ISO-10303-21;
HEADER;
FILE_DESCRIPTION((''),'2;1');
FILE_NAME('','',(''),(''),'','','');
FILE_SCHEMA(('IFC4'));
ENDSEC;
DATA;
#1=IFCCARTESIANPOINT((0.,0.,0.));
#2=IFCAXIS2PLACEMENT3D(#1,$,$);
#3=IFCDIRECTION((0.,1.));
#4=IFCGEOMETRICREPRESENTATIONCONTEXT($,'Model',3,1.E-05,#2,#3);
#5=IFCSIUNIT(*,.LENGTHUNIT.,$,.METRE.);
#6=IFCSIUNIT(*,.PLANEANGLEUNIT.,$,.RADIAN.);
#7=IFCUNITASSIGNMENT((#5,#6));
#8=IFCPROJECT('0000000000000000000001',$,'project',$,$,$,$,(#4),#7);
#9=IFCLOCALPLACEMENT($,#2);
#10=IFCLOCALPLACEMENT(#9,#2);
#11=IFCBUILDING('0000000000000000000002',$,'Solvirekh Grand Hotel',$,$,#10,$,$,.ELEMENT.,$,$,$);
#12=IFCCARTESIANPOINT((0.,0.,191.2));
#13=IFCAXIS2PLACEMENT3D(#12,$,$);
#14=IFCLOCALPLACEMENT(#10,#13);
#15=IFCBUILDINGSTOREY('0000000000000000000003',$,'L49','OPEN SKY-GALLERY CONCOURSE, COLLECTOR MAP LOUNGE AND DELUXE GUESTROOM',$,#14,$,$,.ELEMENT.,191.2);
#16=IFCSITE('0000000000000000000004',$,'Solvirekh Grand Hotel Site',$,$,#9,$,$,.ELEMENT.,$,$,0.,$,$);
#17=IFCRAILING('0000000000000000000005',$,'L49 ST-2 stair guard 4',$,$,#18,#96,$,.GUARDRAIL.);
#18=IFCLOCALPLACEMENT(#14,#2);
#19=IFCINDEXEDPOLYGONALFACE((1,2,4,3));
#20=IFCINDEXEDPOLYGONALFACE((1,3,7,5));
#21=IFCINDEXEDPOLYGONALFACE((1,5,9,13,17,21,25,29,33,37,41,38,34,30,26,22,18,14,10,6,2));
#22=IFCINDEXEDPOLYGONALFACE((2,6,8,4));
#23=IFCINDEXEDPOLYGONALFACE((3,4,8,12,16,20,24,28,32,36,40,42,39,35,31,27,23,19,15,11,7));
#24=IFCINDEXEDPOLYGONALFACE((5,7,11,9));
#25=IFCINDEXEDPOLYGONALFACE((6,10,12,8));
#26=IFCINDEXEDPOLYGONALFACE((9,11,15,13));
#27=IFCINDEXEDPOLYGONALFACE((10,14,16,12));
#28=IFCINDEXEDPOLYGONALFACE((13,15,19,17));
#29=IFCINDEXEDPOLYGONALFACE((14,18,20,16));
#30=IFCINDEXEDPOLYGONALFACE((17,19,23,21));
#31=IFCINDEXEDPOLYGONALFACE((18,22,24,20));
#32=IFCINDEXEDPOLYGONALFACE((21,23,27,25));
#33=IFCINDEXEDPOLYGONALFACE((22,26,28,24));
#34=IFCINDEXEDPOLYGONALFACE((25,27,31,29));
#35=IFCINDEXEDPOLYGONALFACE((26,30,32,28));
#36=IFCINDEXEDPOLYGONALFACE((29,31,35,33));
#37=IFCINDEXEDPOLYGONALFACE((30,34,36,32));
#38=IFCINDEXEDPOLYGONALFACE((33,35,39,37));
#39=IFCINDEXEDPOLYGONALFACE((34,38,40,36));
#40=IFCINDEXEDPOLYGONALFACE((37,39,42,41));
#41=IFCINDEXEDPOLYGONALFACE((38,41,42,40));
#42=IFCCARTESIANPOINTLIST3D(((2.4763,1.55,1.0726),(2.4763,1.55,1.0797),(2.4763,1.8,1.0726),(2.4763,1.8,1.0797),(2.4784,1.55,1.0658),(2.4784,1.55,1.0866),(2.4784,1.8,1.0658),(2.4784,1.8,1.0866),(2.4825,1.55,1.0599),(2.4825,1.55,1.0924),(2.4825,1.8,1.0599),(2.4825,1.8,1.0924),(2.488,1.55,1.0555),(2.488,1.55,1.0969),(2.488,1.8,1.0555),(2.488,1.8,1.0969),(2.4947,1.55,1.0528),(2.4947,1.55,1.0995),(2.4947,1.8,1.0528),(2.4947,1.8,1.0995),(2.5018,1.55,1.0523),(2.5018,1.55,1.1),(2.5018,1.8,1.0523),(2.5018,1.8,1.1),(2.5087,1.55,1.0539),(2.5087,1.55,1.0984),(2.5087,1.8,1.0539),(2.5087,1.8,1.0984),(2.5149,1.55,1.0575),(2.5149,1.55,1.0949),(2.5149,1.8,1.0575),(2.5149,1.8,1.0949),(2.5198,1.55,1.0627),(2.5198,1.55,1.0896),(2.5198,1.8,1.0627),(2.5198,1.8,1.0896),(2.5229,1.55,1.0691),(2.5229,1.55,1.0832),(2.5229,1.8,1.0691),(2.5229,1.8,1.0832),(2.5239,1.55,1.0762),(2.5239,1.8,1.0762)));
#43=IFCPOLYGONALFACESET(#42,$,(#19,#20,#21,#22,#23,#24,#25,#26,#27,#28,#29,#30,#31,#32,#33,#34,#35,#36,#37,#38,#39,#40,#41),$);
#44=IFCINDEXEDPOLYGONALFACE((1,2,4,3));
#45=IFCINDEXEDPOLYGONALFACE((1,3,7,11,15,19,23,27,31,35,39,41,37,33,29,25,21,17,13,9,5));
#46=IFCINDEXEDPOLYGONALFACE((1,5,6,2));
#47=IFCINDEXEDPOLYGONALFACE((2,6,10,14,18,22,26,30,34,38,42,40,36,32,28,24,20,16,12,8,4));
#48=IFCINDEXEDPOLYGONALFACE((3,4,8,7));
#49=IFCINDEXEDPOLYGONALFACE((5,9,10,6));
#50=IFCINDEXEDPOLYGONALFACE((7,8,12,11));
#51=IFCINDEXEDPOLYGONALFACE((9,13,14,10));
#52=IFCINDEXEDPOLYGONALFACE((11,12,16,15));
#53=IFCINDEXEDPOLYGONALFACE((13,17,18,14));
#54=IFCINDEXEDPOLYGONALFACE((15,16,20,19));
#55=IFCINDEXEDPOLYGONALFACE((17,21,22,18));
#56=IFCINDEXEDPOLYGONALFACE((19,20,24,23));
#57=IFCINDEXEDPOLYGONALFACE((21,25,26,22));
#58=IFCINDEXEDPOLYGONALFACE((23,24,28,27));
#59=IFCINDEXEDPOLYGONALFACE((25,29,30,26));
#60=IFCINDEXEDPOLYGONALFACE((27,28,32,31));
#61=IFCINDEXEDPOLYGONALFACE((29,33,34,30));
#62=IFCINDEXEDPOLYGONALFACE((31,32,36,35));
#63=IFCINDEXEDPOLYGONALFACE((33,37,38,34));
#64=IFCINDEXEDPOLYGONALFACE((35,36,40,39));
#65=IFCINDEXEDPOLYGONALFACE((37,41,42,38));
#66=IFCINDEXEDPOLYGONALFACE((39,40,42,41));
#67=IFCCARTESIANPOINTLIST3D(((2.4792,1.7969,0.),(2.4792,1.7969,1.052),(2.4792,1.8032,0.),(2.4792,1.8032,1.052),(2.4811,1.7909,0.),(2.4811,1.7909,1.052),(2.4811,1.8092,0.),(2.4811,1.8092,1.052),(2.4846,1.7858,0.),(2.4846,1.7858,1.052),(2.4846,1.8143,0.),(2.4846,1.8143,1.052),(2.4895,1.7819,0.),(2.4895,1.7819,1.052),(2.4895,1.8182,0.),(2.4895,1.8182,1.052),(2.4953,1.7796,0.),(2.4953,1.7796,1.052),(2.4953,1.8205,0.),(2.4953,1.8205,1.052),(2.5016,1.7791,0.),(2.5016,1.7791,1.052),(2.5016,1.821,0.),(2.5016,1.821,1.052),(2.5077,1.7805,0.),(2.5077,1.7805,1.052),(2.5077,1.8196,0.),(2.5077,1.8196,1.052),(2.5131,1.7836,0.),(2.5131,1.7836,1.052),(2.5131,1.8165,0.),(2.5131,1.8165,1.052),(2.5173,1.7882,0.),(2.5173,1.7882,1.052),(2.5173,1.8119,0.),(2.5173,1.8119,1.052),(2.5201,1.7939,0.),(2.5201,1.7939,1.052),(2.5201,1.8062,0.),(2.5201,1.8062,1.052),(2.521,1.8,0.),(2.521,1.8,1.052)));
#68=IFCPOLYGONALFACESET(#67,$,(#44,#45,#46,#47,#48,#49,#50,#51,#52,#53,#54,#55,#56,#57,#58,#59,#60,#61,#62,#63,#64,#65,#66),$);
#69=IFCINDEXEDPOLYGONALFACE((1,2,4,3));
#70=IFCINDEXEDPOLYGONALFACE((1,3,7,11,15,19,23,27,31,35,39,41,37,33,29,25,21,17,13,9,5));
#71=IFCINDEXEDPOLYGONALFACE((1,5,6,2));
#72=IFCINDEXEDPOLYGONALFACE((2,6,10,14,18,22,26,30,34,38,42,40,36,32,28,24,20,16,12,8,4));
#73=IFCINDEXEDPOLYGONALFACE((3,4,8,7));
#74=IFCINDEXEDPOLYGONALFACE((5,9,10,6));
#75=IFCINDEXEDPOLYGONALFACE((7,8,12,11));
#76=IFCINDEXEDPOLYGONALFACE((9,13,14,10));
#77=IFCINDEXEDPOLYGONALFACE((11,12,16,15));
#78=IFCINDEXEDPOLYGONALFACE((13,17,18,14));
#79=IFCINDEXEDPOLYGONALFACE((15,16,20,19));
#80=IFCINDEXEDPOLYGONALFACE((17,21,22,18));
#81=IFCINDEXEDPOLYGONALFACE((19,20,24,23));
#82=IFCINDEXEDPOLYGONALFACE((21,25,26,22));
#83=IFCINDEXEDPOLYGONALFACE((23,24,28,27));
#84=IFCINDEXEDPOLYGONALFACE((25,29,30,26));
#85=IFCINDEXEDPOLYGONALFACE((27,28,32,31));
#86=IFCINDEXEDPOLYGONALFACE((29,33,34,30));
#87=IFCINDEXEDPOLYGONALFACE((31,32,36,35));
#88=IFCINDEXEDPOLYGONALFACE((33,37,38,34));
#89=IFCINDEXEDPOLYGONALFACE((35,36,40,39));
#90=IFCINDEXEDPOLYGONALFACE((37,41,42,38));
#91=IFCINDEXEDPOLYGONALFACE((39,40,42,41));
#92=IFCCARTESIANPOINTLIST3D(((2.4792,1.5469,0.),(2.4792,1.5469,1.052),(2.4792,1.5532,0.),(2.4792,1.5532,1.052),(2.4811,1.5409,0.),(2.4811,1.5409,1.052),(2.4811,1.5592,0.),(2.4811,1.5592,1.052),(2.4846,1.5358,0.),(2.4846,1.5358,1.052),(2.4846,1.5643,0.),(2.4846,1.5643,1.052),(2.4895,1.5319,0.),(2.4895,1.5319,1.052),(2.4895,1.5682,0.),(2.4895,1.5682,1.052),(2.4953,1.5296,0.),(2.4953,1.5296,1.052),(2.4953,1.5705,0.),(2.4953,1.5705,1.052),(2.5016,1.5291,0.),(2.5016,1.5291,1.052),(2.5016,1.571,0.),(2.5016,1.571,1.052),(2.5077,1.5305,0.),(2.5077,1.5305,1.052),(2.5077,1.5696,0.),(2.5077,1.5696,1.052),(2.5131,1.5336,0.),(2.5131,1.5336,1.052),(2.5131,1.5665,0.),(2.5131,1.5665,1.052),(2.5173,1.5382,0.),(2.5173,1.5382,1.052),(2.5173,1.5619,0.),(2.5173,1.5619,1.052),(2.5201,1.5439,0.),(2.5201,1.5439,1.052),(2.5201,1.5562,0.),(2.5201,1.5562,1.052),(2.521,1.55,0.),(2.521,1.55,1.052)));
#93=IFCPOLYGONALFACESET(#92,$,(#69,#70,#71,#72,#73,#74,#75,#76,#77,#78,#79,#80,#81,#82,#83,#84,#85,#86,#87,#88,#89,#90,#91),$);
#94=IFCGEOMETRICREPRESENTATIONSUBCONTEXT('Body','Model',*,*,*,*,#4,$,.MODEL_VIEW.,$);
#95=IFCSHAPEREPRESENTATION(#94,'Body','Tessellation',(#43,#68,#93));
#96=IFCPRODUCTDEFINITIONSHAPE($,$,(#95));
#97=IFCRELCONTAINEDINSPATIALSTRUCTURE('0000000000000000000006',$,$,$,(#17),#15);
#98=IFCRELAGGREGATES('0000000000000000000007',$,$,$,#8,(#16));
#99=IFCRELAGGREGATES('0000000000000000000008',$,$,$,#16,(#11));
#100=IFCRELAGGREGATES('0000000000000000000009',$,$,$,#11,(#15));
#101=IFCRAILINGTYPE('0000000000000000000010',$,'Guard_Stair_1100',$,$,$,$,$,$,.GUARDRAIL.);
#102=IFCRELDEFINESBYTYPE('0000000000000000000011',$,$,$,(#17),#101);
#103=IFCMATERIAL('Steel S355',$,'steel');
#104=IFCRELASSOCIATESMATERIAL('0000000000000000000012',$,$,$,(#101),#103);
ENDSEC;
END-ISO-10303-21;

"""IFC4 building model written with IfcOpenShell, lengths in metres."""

from ifc_helpers import new_model, si_unit, direction, frame, origin, origin_2d, place, context, subcontext, project, spatial, circle, extrude, material, type_object, element, save


model = new_model("IFC4")

# Units and contexts
model_context = context("Model", 3, precision=1e-05, world=origin(), true_north=direction((0.0, 1.0)))
body_context = subcontext(model_context, "Body", "Model", "MODEL_VIEW")
ifc_project = project(units=[si_unit("LENGTHUNIT", "METRE"), si_unit("PLANEANGLEUNIT", "RADIAN")], contexts=[model_context])

# Site, building, storey
site_placement = place(None, origin())
site = spatial("IfcSite", under=ifc_project, at=site_placement, Name="Solvirekh Grand Hotel Site", CompositionType="ELEMENT", RefElevation=0.0)
building_placement = place(site_placement, origin())
building = spatial("IfcBuilding", under=site, at=building_placement, Name="Solvirekh Grand Hotel", CompositionType="ELEMENT")
storey_placement = place(building_placement, frame((0.0, 0.0, 191.2)))
storey = spatial("IfcBuildingStorey", under=building, at=storey_placement, Name="L49", Description="OPEN SKY-GALLERY CONCOURSE, COLLECTOR MAP LOUNGE AND DELUXE GUESTROOM", CompositionType="ELEMENT", Elevation=191.2)

# Shared definitions
ifc_material_1 = material(Name="Steel S355", Category="steel")

# Railing
railing_type_1 = type_object("IfcRailingType", Name="Guard_Stair_1100", PredefinedType="GUARDRAIL", material=ifc_material_1)
railing_1_placement = place(storey_placement, frame((2.5, 1.8, 0.0)))
element("IfcRailing", 1, at=railing_1_placement, inside=storey, type_object=railing_type_1, Name="L49 ST-2 stair guard 4", PredefinedType="GUARDRAIL", context=body_context, shape_type="SweptSolid", body=[
    extrude(circle(Radius=0.0239, at=origin_2d()), frame((0.0, 0.0, 1.0762), z_axis=(0.0, -1.0, 0.0), x_axis=(1.0, 0.0, 0.0)), (0.0, 0.0, 1.0), 0.25),
    extrude(circle(Radius=0.021, at=origin_2d()), origin(), (0.0, 0.0, 1.0), 1.052),
    extrude(circle(Radius=0.021, at=origin_2d()), frame((0.0, -0.25, 0.0)), (0.0, 0.0, 1.0), 1.052),
])

save(model, "model.ifc")
